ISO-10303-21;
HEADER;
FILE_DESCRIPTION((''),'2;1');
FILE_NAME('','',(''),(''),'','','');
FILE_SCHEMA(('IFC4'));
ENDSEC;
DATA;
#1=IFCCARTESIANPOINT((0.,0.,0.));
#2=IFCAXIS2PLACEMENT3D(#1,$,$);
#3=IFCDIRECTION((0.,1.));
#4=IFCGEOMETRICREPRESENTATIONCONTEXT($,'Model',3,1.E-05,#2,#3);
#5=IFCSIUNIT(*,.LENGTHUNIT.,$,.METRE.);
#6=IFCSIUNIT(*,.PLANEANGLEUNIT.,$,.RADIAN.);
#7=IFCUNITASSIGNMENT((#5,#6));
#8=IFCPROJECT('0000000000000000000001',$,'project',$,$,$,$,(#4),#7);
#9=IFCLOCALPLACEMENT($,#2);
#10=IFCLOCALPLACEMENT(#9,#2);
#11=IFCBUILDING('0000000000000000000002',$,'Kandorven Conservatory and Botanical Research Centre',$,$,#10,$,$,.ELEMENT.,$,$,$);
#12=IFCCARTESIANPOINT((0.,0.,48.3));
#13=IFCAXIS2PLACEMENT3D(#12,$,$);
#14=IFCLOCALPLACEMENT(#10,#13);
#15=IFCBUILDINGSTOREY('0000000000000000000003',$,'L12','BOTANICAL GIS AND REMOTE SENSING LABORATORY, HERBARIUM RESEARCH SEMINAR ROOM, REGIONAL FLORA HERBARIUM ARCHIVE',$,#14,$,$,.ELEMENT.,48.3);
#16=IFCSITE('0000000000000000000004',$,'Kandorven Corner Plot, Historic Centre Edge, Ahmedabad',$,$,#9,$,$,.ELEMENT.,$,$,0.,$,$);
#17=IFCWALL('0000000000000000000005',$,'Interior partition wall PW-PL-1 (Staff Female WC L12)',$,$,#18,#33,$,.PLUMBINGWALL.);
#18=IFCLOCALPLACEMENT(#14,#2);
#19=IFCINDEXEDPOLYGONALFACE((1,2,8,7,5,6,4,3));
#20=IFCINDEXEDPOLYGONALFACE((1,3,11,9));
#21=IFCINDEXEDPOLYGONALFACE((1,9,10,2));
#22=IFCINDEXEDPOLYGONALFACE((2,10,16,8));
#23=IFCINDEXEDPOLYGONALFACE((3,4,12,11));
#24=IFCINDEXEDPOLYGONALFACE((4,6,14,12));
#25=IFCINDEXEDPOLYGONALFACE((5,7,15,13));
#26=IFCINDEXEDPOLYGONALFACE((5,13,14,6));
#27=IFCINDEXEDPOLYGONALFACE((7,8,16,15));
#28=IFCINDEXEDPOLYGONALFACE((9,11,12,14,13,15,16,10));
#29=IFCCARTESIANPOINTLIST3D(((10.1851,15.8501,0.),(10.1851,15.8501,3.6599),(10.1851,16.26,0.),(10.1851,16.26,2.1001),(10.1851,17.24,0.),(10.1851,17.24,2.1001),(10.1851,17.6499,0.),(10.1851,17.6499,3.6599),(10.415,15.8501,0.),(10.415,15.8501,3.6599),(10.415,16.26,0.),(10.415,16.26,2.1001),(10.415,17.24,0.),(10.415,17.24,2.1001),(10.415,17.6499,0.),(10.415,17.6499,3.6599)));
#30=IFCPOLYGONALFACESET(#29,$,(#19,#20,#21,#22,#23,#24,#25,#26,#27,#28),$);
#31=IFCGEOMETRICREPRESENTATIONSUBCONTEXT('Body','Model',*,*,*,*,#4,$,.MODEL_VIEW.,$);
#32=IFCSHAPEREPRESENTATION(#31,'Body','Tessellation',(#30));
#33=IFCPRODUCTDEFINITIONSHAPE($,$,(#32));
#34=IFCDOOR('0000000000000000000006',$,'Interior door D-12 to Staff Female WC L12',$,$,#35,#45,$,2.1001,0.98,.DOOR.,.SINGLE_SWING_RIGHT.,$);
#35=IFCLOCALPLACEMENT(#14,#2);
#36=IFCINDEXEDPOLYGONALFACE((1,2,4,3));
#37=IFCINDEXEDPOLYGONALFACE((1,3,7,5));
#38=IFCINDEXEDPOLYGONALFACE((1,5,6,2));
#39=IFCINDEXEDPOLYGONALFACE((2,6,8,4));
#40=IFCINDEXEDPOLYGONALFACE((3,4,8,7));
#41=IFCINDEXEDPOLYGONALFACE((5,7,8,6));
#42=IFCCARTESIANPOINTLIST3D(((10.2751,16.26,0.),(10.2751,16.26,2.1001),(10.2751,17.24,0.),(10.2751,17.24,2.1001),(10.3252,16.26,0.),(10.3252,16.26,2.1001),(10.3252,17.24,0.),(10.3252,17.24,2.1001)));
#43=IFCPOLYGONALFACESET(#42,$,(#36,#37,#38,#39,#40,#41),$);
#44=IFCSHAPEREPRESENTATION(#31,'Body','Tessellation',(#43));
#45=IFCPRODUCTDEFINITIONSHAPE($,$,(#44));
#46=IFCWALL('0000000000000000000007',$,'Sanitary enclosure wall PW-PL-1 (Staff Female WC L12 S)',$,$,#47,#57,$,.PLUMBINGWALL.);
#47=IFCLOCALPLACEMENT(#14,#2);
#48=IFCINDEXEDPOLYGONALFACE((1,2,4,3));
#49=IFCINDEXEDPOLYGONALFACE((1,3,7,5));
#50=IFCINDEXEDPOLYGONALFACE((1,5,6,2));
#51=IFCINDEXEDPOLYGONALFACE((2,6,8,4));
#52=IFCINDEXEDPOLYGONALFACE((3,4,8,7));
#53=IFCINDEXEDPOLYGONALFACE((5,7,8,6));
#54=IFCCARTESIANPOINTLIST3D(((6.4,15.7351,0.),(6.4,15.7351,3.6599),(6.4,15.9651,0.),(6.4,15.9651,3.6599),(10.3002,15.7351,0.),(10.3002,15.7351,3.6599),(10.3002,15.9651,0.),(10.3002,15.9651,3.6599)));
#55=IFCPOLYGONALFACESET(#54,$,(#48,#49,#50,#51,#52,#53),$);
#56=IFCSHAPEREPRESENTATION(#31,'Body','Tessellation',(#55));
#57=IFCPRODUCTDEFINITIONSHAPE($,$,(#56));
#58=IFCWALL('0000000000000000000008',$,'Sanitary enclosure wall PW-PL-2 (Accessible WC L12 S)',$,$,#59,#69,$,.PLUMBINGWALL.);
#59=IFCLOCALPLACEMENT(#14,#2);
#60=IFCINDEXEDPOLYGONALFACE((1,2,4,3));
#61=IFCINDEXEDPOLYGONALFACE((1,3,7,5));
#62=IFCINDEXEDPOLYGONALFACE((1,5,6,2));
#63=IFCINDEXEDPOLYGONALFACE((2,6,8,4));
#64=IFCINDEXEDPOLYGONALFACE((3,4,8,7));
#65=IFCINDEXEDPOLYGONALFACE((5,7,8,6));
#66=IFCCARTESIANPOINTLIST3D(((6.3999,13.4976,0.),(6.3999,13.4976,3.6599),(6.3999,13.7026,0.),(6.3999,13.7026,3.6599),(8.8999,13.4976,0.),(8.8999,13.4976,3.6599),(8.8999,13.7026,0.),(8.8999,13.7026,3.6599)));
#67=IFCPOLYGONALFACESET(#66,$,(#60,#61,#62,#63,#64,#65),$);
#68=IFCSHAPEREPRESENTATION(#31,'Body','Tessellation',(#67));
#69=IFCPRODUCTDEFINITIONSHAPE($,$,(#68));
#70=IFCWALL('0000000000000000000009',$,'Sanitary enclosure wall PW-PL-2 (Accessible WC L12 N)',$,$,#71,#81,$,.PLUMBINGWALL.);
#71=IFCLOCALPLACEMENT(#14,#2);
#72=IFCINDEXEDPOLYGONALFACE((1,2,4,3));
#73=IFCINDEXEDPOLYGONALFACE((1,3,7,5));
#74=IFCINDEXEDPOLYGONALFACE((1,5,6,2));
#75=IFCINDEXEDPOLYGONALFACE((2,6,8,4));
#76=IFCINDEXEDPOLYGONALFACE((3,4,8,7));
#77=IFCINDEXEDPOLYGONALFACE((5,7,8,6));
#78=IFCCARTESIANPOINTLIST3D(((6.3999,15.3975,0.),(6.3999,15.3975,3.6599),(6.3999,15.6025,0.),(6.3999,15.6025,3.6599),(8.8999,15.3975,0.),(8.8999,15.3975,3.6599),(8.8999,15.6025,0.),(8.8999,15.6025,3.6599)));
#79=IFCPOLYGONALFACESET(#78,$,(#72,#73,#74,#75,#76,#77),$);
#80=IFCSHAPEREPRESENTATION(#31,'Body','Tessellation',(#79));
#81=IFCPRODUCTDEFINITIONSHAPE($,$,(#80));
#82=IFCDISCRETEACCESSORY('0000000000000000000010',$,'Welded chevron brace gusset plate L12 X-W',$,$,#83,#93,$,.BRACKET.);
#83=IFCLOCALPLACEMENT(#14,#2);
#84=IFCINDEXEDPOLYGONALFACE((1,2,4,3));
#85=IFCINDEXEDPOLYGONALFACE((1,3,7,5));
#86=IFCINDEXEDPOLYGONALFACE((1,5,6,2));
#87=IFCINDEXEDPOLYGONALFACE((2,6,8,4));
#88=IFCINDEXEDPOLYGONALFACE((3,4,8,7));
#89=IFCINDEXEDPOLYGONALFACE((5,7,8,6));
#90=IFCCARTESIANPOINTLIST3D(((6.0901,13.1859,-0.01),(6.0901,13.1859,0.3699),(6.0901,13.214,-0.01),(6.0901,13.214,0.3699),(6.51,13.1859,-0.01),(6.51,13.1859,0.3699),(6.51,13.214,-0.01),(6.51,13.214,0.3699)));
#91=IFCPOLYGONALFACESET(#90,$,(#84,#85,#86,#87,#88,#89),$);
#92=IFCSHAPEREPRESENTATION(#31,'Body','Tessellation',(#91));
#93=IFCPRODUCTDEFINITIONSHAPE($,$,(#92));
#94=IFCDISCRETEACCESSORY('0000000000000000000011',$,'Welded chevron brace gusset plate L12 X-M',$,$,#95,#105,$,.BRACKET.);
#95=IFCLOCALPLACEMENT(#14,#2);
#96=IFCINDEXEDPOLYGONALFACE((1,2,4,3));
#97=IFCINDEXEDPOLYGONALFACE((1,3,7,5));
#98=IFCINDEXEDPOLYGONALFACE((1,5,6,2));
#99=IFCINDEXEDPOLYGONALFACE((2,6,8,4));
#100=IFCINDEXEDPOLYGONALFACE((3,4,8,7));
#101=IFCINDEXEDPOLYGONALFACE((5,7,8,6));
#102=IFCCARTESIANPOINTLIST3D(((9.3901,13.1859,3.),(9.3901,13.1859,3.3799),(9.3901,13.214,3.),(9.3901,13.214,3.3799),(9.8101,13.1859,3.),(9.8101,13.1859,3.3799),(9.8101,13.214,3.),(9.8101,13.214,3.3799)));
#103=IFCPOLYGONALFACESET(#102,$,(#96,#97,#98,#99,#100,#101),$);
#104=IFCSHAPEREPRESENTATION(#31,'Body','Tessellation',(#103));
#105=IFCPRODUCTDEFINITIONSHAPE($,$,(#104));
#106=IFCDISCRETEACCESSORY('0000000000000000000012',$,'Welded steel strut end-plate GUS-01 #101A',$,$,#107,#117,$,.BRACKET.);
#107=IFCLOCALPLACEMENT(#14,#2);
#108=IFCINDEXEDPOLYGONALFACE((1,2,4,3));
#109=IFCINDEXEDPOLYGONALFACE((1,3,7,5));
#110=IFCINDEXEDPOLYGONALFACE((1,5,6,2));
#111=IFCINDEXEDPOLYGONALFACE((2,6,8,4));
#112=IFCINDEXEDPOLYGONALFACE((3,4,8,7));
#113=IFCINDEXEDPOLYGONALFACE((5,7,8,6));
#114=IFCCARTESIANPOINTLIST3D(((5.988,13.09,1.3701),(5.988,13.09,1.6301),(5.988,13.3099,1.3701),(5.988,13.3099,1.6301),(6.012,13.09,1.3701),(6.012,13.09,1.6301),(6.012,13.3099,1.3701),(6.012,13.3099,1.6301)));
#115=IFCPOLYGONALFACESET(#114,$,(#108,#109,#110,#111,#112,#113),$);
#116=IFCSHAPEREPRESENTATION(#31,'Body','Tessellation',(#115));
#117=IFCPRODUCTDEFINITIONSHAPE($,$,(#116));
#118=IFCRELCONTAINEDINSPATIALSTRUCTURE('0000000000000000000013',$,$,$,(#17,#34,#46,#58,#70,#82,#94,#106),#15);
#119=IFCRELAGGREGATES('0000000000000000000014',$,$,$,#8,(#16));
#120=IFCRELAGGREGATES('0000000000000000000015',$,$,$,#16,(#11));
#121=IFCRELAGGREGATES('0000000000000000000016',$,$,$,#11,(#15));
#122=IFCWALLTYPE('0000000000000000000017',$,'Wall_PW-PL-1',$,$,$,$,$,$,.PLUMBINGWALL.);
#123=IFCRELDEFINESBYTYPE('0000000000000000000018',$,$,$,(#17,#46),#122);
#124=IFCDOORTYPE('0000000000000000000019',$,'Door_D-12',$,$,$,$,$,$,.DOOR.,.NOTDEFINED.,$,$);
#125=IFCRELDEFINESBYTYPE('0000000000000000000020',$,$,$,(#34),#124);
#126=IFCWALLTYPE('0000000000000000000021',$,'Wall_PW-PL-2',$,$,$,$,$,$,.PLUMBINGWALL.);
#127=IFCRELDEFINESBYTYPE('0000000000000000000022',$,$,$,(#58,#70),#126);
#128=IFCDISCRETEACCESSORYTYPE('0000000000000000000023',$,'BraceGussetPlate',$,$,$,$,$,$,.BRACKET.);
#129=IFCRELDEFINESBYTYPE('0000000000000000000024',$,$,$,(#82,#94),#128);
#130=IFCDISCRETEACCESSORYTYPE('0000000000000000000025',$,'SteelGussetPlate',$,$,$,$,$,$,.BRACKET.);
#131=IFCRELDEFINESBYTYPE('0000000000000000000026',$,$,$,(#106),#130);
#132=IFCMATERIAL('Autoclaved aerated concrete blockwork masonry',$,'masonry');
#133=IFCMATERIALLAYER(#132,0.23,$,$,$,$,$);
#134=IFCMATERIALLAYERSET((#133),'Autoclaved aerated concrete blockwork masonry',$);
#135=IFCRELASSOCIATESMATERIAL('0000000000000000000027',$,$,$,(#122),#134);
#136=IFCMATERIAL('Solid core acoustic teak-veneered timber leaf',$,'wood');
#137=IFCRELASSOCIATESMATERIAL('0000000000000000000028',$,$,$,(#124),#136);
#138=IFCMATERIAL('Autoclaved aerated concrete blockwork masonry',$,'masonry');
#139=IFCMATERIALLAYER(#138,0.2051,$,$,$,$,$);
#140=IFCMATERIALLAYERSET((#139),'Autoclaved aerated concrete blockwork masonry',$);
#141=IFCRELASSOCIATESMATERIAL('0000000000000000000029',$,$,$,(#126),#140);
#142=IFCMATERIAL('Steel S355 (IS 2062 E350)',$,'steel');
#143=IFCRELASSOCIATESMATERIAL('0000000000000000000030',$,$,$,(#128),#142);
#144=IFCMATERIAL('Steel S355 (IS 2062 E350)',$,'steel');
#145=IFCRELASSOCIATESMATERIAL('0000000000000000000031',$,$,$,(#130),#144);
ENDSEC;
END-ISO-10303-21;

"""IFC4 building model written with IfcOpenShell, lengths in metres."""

from ifc_helpers import new_model, si_unit, direction, frame, frame_2d, origin, origin_2d, place, context, subcontext, project, spatial, rectangle, extrude, material, layer, layer_set, type_object, element, fill, save


model = new_model("IFC4")

# Units and contexts
model_context = context("Model", 3, precision=1e-05, world=origin(), true_north=direction((0.0, 1.0)))
body_context = subcontext(model_context, "Body", "Model", "MODEL_VIEW")
ifc_project = project(units=[si_unit("LENGTHUNIT", "METRE"), si_unit("PLANEANGLEUNIT", "RADIAN")], contexts=[model_context])

# Site, building, storey
site_placement = place(None, origin())
site = spatial("IfcSite", under=ifc_project, at=site_placement, Name="Kandorven Corner Plot, Historic Centre Edge, Ahmedabad", CompositionType="ELEMENT", RefElevation=0.0)
building_placement = place(site_placement, origin())
building = spatial("IfcBuilding", under=site, at=building_placement, Name="Kandorven Conservatory and Botanical Research Centre", CompositionType="ELEMENT")
storey_placement = place(building_placement, frame((0.0, 0.0, 48.3)))
storey = spatial("IfcBuildingStorey", under=building, at=storey_placement, Name="L12", Description="BOTANICAL GIS AND REMOTE SENSING LABORATORY, HERBARIUM RESEARCH SEMINAR ROOM, REGIONAL FLORA HERBARIUM ARCHIVE", CompositionType="ELEMENT", Elevation=48.3)

# Wall, opening, door
ifc_material_1 = material(Name="Autoclaved aerated concrete blockwork masonry", Category="masonry")
ifc_layer_1 = layer(ifc_material_1, 0.23)
ifc_layer_set_1 = layer_set([ifc_layer_1], Name="Autoclaved aerated concrete blockwork masonry")
wall_type_1 = type_object("IfcWallType", Name="Wall_PW-PL-1", PredefinedType="PLUMBINGWALL", material=ifc_layer_set_1)
wall_1_placement = place(storey_placement, frame((10.3, 15.8501, 0.0), z_axis=(0.0, 0.0, 1.0), x_axis=(0.0, 1.0, 0.0)))
wall_1 = element("IfcWall", 1, at=wall_1_placement, inside=storey, type_object=wall_type_1, Name="Interior partition wall PW-PL-1 (Staff Female WC L12)", PredefinedType="PLUMBINGWALL", context=body_context, shape_type="SweptSolid", body=[
    extrude(rectangle(XDim=1.7998, YDim=0.23, at=frame_2d((0.8999, 0.0))), origin(), (0.0, 0.0, 1.0), 3.6599),
])
opening_1_placement = place(wall_1_placement, frame((0.4099, 0.0, 0.0)))
opening_1 = element("IfcOpeningElement", 2, at=opening_1_placement, cuts=wall_1, PredefinedType="OPENING", context=body_context, shape_type="SweptSolid", body=[
    extrude(rectangle(XDim=0.98, YDim=2.1001, at=frame_2d((0.49, 1.05))), frame((0.0, 0.125, 0.0), z_axis=(0.0, -1.0, 0.0), x_axis=(1.0, 0.0, 0.0)), (0.0, 0.0, 1.0), 0.25),
])
ifc_material_2 = material(Name="Solid core acoustic teak-veneered timber leaf", Category="wood")
door_type_1 = type_object("IfcDoorType", Name="Door_D-12", OperationType="NOTDEFINED", PredefinedType="DOOR", material=ifc_material_2)
door_1_placement = place(opening_1_placement, origin())
door_1 = element("IfcDoor", 3, at=door_1_placement, inside=storey, type_object=door_type_1, Name="Interior door D-12 to Staff Female WC L12", OperationType="SINGLE_SWING_RIGHT", OverallHeight=2.1001, OverallWidth=0.98, PredefinedType="DOOR", context=body_context, shape_type="SweptSolid", body=[
    extrude(rectangle(XDim=0.98, YDim=2.1001, at=frame_2d((0.49, 1.05))), frame((0.0, 0.0249, 0.0), z_axis=(0.0, -1.0, 0.0), x_axis=(1.0, 0.0, 0.0)), (0.0, 0.0, 1.0), 0.05),
])
fill(opening_1, door_1)

# Wall
wall_2_placement = place(storey_placement, frame((6.3999, 15.8501, 0.0), z_axis=(0.0, 0.0, 1.0), x_axis=(1.0, 0.0, 0.0)))
element("IfcWall", 4, at=wall_2_placement, inside=storey, type_object=wall_type_1, Name="Sanitary enclosure wall PW-PL-1 (Staff Female WC L12 S)", PredefinedType="PLUMBINGWALL", context=body_context, shape_type="SweptSolid", body=[
    extrude(rectangle(XDim=3.9001, YDim=0.23, at=frame_2d((1.9502, 0.0))), origin(), (0.0, 0.0, 1.0), 3.6599),
])

# Shared definitions
ifc_material_3 = material(Name="Autoclaved aerated concrete blockwork masonry", Category="masonry")
ifc_layer_2 = layer(ifc_material_3, 0.2051)
ifc_layer_set_2 = layer_set([ifc_layer_2], Name="Autoclaved aerated concrete blockwork masonry")
wall_type_2 = type_object("IfcWallType", Name="Wall_PW-PL-2", PredefinedType="PLUMBINGWALL", material=ifc_layer_set_2)

# Walls
for number, where, z_axis, x_axis, name in (
    (5, (6.3999, 13.6001, 0.0), (0.0, 0.0, 1.0), (1.0, 0.0, 0.0), "Sanitary enclosure wall PW-PL-2 (Accessible WC L12 S)"),
    (6, (6.3999, 15.5, 0.0), (0.0, 0.0, 1.0), (1.0, 0.0, 0.0), "Sanitary enclosure wall PW-PL-2 (Accessible WC L12 N)"),
):
    element("IfcWall", number, at=place(storey_placement, frame(where, z_axis=z_axis, x_axis=x_axis)), inside=storey, type_object=wall_type_2, Name=name, PredefinedType="PLUMBINGWALL", context=body_context, shape_type="SweptSolid", body=[
        extrude(rectangle(XDim=2.5, YDim=0.2051, at=frame_2d((1.25, 0.0))), origin(), (0.0, 0.0, 1.0), 3.6599),
    ])

# Discrete accessories
ifc_material_4 = material(Name="Steel S355 (IS 2062 E350)", Category="steel")
discrete_accessory_type_1 = type_object("IfcDiscreteAccessoryType", Name="BraceGussetPlate", PredefinedType="BRACKET", material=ifc_material_4)
for number, where, z_axis, x_axis, name in (
    (7, (6.3, 13.2, -0.01), (0.0, 0.0, 1.0), (1.0, 0.0, 0.0), "Welded chevron brace gusset plate L12 X-W"),
    (8, (9.6001, 13.2, 3.0), (0.0, 0.0, 1.0), (1.0, 0.0, 0.0), "Welded chevron brace gusset plate L12 X-M"),
):
    element("IfcDiscreteAccessory", number, at=place(storey_placement, frame(where, z_axis=z_axis, x_axis=x_axis)), inside=storey, type_object=discrete_accessory_type_1, Name=name, PredefinedType="BRACKET", context=body_context, shape_type="SweptSolid", body=[
        extrude(rectangle(XDim=0.4199, YDim=0.0281, at=origin_2d()), origin(), (0.0, 0.0, 1.0), 0.3799),
    ])
ifc_material_5 = material(Name="Steel S355 (IS 2062 E350)", Category="steel")
discrete_accessory_type_2 = type_object("IfcDiscreteAccessoryType", Name="SteelGussetPlate", PredefinedType="BRACKET", material=ifc_material_5)
discrete_accessory_placement = place(storey_placement, frame((6.0, 13.2, 1.3701), z_axis=(0.0, 0.0, 1.0), x_axis=(1.0, 0.0, 0.0)))
element("IfcDiscreteAccessory", 9, at=discrete_accessory_placement, inside=storey, type_object=discrete_accessory_type_2, Name="Welded steel strut end-plate GUS-01 #101A", PredefinedType="BRACKET", context=body_context, shape_type="SweptSolid", body=[
    extrude(rectangle(XDim=0.0239, YDim=0.22, at=origin_2d()), origin(), (0.0, 0.0, 1.0), 0.26),
])

save(model, "model.ifc")
